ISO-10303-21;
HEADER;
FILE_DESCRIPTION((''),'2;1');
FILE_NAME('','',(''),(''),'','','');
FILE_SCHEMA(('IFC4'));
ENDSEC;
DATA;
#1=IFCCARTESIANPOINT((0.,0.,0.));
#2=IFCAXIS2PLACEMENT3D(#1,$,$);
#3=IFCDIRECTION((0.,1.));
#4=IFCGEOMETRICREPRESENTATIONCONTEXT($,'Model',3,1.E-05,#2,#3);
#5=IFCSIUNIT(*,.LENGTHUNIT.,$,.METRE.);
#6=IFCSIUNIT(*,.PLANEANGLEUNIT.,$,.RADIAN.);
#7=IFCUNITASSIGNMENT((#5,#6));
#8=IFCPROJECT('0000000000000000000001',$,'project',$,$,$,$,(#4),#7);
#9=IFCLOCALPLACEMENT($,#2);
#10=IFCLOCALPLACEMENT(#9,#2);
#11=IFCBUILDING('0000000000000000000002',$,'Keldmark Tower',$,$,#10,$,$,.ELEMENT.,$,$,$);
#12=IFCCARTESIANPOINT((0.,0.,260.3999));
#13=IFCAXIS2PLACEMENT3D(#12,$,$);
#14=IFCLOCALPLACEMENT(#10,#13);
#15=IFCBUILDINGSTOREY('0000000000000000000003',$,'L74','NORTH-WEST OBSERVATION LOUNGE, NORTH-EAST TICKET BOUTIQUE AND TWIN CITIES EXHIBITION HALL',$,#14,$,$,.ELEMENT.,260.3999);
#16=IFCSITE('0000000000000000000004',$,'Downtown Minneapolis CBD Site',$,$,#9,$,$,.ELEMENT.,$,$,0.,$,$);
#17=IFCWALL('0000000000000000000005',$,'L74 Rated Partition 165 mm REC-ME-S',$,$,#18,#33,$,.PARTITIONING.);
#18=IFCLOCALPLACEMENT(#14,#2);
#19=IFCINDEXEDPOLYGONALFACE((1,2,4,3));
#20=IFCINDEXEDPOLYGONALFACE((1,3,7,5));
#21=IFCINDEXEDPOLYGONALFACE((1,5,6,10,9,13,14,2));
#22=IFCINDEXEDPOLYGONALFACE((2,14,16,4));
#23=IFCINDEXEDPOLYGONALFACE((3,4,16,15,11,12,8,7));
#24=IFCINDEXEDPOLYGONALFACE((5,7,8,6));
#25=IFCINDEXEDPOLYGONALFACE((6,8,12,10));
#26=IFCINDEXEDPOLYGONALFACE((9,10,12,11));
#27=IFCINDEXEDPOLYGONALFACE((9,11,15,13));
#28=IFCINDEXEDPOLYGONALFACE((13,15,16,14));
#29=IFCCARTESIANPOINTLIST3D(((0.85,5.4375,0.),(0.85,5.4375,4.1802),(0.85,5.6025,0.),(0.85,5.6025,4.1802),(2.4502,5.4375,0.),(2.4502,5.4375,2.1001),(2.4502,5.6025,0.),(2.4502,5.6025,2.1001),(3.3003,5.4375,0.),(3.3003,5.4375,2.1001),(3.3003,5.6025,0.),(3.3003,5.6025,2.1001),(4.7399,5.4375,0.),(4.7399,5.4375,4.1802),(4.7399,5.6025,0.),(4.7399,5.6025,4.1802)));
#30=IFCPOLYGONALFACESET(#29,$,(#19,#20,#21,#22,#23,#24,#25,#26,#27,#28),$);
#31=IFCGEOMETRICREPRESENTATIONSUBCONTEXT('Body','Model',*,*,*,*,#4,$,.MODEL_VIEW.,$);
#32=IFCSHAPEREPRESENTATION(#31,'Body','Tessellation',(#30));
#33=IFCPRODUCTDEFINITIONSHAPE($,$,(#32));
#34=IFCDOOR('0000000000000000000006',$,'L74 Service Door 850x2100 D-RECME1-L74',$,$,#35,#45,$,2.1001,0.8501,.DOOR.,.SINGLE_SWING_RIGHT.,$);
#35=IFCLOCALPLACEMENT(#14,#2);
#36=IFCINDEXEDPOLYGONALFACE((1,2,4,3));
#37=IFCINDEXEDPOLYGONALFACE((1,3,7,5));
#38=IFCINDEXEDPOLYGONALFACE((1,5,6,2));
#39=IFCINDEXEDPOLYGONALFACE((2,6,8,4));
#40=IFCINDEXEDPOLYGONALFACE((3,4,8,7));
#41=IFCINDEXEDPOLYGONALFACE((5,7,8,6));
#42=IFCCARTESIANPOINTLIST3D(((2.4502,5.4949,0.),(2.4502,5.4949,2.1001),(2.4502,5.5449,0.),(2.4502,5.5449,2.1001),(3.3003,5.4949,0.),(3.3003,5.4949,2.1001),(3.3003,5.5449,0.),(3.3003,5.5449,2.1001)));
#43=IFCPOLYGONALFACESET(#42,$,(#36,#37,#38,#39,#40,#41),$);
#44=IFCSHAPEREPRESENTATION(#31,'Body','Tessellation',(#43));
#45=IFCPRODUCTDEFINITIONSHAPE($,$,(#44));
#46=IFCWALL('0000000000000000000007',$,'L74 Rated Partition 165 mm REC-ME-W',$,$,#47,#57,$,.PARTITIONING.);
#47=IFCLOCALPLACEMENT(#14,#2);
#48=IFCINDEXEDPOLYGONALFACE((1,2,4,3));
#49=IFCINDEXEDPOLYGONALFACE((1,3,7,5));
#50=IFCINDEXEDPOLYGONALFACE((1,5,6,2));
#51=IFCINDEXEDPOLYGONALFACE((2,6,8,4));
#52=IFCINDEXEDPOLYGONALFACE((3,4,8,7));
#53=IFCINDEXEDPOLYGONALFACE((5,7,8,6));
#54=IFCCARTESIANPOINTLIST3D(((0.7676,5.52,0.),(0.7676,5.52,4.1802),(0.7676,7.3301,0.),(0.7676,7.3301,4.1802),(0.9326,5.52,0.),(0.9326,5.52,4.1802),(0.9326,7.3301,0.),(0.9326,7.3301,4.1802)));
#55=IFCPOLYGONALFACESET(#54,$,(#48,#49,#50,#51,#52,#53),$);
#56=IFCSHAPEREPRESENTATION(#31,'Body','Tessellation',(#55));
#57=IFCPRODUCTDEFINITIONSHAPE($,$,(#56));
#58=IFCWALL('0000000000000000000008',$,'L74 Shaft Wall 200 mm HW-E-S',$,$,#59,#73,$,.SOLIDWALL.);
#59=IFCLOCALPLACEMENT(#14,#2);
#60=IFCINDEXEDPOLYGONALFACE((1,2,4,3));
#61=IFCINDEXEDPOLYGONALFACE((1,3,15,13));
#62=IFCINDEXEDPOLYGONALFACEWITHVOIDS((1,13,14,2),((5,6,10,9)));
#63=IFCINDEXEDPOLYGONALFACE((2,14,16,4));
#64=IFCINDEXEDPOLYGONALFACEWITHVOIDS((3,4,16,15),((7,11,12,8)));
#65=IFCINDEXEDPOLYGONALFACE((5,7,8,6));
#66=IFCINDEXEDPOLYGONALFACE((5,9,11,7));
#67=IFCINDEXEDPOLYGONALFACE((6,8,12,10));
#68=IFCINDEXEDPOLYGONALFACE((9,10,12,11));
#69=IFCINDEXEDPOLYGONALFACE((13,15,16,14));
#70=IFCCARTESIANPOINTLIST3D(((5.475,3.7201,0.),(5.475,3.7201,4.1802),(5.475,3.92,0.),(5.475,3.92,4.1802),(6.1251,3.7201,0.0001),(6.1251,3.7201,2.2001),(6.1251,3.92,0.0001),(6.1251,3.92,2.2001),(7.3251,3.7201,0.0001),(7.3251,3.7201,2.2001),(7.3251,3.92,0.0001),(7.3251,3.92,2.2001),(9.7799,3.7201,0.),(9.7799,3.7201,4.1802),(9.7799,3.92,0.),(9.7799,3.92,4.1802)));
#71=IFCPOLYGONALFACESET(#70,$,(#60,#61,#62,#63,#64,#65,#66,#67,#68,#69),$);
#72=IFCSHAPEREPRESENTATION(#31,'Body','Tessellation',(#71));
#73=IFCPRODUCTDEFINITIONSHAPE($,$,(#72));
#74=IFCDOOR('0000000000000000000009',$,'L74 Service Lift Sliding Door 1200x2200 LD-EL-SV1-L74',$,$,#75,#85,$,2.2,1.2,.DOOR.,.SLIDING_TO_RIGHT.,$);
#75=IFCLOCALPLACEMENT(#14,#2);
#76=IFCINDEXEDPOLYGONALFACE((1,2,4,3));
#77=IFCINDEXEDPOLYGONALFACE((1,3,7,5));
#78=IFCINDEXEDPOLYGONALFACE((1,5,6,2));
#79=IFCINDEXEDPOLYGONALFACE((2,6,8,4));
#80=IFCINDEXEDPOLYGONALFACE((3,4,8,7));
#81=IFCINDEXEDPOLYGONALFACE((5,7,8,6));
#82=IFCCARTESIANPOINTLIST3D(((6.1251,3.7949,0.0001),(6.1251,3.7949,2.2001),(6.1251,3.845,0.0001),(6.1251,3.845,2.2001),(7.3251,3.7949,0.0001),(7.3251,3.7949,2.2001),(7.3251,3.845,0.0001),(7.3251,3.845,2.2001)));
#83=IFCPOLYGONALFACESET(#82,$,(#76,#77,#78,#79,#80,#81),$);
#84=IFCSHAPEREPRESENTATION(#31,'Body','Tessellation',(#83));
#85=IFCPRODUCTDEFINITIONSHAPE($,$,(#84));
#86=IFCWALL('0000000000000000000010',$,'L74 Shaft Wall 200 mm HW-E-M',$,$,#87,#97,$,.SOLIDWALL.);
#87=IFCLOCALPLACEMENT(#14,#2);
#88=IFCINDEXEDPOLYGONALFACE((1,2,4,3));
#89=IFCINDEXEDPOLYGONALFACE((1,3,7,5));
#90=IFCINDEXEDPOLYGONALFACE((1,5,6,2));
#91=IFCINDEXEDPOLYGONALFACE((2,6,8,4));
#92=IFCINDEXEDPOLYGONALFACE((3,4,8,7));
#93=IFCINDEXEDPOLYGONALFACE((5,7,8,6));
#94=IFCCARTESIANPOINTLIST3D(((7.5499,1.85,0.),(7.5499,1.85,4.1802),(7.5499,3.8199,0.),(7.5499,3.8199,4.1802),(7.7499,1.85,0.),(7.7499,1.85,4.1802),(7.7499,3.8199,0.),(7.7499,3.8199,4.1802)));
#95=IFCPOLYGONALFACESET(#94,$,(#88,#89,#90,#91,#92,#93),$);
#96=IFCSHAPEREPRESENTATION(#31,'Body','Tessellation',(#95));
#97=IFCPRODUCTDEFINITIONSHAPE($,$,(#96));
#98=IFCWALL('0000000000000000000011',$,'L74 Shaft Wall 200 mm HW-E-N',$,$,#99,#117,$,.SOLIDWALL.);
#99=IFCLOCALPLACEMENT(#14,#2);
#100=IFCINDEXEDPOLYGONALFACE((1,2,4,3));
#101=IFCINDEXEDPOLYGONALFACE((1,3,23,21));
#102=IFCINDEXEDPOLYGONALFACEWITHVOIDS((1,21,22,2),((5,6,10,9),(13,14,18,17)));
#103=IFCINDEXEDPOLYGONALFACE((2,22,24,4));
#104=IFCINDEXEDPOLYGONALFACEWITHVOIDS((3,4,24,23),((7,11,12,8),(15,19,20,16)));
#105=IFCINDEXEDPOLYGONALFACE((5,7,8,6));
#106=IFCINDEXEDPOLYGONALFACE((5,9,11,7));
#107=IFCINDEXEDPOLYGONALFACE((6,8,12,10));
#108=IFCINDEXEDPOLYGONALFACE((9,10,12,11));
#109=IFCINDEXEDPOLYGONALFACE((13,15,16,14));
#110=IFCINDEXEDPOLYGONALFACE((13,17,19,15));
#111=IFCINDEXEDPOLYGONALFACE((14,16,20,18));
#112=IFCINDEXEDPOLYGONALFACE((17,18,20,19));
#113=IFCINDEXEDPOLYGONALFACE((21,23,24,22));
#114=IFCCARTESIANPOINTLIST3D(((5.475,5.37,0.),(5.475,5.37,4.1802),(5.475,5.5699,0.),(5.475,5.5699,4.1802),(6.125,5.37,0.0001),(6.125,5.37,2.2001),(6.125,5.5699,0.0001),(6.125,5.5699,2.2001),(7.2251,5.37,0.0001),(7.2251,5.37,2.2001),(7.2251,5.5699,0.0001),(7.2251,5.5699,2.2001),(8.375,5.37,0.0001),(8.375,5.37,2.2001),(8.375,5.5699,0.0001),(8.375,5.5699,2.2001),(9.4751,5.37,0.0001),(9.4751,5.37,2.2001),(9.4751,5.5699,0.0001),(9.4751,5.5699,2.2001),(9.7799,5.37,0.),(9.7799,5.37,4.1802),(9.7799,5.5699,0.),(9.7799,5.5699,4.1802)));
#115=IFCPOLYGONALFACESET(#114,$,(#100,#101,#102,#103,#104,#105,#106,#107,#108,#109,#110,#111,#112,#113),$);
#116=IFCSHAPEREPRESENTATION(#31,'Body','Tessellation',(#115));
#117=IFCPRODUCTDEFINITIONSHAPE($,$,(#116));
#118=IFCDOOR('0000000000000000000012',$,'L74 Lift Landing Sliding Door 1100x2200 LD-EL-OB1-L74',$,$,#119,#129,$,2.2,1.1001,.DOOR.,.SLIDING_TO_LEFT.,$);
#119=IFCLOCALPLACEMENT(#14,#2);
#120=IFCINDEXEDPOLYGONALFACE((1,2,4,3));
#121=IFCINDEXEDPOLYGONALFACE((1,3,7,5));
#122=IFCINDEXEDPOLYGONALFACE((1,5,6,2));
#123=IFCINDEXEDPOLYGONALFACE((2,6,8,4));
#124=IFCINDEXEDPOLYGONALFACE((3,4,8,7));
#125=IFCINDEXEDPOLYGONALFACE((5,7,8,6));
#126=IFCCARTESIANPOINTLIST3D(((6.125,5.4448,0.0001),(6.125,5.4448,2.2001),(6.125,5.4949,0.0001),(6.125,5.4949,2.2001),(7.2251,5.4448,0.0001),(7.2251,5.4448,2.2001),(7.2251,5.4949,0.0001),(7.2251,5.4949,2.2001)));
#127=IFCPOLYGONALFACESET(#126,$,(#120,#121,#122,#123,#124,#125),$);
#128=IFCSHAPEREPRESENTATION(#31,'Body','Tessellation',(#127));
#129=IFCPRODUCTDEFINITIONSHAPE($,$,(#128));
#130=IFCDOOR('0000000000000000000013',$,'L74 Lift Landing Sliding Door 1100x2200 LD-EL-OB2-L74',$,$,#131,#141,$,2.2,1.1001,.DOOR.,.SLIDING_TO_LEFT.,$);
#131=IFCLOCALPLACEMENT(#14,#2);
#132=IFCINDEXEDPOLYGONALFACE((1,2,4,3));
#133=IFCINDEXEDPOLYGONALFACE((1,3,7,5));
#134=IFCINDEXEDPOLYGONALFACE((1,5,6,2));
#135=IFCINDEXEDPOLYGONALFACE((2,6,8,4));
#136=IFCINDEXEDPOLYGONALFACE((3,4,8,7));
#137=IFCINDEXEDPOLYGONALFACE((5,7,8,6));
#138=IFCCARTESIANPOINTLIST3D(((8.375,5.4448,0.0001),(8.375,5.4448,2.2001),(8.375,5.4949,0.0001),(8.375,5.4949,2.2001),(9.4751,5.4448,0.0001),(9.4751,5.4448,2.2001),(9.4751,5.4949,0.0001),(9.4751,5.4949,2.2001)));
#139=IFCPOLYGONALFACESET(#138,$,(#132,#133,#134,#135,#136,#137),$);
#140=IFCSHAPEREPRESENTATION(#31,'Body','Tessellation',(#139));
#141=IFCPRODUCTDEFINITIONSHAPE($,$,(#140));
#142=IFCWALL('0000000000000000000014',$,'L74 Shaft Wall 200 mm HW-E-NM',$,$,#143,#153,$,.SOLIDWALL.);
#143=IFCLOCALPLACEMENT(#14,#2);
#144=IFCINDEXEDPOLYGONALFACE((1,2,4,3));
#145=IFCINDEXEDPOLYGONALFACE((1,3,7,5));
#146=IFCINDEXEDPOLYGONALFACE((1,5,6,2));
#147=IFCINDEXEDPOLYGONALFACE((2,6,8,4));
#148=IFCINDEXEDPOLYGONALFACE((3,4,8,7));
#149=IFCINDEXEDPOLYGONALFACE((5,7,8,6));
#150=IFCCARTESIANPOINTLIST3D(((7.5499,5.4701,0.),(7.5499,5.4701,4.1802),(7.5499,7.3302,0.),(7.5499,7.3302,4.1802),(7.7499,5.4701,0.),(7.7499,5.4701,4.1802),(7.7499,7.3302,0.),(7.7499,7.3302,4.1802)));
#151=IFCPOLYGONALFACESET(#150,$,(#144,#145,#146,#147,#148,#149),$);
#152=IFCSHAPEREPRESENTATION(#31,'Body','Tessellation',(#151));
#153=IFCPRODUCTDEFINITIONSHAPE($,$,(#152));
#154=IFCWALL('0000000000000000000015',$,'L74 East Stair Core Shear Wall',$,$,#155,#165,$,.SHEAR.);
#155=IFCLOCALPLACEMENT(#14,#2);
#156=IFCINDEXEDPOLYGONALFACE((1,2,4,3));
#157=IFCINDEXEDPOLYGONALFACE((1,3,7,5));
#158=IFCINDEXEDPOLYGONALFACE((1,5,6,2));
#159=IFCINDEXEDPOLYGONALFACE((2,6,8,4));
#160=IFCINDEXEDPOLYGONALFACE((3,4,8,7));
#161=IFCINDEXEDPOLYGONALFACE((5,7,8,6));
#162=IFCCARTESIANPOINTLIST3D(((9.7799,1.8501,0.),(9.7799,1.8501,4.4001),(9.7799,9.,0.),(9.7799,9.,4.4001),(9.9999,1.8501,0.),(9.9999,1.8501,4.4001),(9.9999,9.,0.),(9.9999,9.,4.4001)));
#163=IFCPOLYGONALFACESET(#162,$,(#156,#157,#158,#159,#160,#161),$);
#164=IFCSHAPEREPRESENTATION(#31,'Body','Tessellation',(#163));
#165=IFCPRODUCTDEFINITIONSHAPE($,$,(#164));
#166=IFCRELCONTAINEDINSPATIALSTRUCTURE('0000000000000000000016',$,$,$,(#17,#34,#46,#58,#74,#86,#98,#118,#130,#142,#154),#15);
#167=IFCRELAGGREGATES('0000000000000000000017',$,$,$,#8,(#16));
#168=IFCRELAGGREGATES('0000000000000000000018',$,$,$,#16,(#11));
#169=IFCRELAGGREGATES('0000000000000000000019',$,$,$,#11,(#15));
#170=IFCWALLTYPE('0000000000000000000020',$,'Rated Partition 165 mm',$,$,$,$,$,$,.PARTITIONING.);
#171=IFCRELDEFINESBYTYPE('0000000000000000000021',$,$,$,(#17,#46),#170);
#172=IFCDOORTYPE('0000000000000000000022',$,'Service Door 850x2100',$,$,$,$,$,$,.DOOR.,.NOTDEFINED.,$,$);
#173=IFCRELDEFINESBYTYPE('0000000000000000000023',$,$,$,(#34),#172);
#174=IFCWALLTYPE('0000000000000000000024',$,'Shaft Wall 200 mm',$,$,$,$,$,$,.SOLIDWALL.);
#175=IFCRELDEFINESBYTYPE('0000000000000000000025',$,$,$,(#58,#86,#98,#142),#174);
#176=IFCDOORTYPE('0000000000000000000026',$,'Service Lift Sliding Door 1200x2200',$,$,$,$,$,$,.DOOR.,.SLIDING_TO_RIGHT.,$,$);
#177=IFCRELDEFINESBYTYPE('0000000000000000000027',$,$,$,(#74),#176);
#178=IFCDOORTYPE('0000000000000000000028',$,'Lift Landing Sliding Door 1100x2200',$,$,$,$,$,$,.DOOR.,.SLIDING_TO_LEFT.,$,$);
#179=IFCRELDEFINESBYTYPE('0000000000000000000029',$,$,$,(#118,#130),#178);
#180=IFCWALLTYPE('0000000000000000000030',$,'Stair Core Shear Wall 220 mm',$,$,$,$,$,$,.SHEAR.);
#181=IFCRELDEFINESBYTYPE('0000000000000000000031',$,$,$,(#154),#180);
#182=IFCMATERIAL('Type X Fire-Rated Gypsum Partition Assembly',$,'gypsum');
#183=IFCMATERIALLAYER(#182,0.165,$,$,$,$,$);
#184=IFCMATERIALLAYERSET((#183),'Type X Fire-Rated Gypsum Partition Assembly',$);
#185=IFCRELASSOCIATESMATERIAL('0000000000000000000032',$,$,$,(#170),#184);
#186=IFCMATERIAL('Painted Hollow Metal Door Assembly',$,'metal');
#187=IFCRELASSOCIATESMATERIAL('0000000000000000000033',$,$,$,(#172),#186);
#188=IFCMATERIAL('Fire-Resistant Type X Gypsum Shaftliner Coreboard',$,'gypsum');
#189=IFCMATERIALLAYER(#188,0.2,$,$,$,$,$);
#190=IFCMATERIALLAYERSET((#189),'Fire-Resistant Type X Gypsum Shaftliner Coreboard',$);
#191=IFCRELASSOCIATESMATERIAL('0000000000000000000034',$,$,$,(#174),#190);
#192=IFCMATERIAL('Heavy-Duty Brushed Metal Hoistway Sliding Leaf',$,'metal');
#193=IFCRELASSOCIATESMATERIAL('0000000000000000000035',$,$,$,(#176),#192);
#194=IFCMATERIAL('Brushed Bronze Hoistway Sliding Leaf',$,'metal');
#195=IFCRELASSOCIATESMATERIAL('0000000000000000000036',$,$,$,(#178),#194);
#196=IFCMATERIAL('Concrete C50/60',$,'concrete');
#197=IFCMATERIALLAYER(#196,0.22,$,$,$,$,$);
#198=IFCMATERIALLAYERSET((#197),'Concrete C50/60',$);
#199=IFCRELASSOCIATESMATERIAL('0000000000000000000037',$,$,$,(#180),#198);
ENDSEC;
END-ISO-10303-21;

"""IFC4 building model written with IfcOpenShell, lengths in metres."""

from ifc_helpers import new_model, si_unit, direction, frame, frame_2d, origin, place, context, subcontext, project, spatial, rectangle, extrude, material, layer, layer_set, type_object, element, fill, save


model = new_model("IFC4")

# Units and contexts
model_context = context("Model", 3, precision=1e-05, world=origin(), true_north=direction((0.0, 1.0)))
body_context = subcontext(model_context, "Body", "Model", "MODEL_VIEW")
ifc_project = project(units=[si_unit("LENGTHUNIT", "METRE"), si_unit("PLANEANGLEUNIT", "RADIAN")], contexts=[model_context])

# Site, building, storey
site_placement = place(None, origin())
site = spatial("IfcSite", under=ifc_project, at=site_placement, Name="Downtown Minneapolis CBD Site", CompositionType="ELEMENT", RefElevation=0.0)
building_placement = place(site_placement, origin())
building = spatial("IfcBuilding", under=site, at=building_placement, Name="Keldmark Tower", CompositionType="ELEMENT")
storey_placement = place(building_placement, frame((0.0, 0.0, 260.3999)))
storey = spatial("IfcBuildingStorey", under=building, at=storey_placement, Name="L74", Description="NORTH-WEST OBSERVATION LOUNGE, NORTH-EAST TICKET BOUTIQUE AND TWIN CITIES EXHIBITION HALL", CompositionType="ELEMENT", Elevation=260.3999)

# Shared definitions
ifc_material_1 = material(Name="Type X Fire-Rated Gypsum Partition Assembly", Category="gypsum")
ifc_layer_1 = layer(ifc_material_1, 0.165)
ifc_layer_set_1 = layer_set([ifc_layer_1], Name="Type X Fire-Rated Gypsum Partition Assembly")
wall_type_1 = type_object("IfcWallType", Name="Rated Partition 165 mm", PredefinedType="PARTITIONING", material=ifc_layer_set_1)

# Shared definitions
ifc_material_2 = material(Name="Painted Hollow Metal Door Assembly", Category="metal")
door_type_1 = type_object("IfcDoorType", Name="Service Door 850x2100", OperationType="NOTDEFINED", PredefinedType="DOOR", material=ifc_material_2)

# Wall, opening, door
wall_1_placement = place(storey_placement, frame((0.8501, 5.52, 0.0), z_axis=(0.0, 0.0, 1.0), x_axis=(1.0, 0.0, 0.0)))
wall_1 = element("IfcWall", 1, at=wall_1_placement, inside=storey, type_object=wall_type_1, Name="L74 Rated Partition 165 mm REC-ME-S", PredefinedType="PARTITIONING", context=body_context, shape_type="SweptSolid", body=[
    extrude(rectangle(XDim=3.8899, YDim=0.165, at=frame_2d((1.9448, 0.0))), origin(), (0.0, 0.0, 1.0), 4.1802),
])
opening_1_placement = place(wall_1_placement, frame((1.6001, 0.0, 0.0)))
opening_1 = element("IfcOpeningElement", 2, at=opening_1_placement, cuts=wall_1, PredefinedType="OPENING", context=body_context, shape_type="SweptSolid", body=[
    extrude(rectangle(XDim=0.8501, YDim=2.1001, at=frame_2d((0.425, 1.05))), frame((0.0, 0.0925, 0.0), z_axis=(0.0, -1.0, 0.0), x_axis=(1.0, 0.0, 0.0)), (0.0, 0.0, 1.0), 0.1851),
])
door_1_placement = place(opening_1_placement, origin())
door_1 = element("IfcDoor", 3, at=door_1_placement, inside=storey, type_object=door_type_1, Name="L74 Service Door 850x2100 D-RECME1-L74", OperationType="SINGLE_SWING_RIGHT", OverallHeight=2.1001, OverallWidth=0.8501, PredefinedType="DOOR", context=body_context, shape_type="SweptSolid", body=[
    extrude(rectangle(XDim=0.8501, YDim=2.1001, at=frame_2d((0.425, 1.05))), frame((0.0, 0.0249, 0.0), z_axis=(0.0, -1.0, 0.0), x_axis=(1.0, 0.0, 0.0)), (0.0, 0.0, 1.0), 0.05),
])
fill(opening_1, door_1)

# Wall
wall_2_placement = place(storey_placement, frame((0.8501, 5.52, 0.0), z_axis=(0.0, 0.0, 1.0), x_axis=(0.0, 1.0, 0.0)))
element("IfcWall", 4, at=wall_2_placement, inside=storey, type_object=wall_type_1, Name="L74 Rated Partition 165 mm REC-ME-W", PredefinedType="PARTITIONING", context=body_context, shape_type="SweptSolid", body=[
    extrude(rectangle(XDim=1.8101, YDim=0.165, at=frame_2d((0.905, 0.0))), origin(), (0.0, 0.0, 1.0), 4.1802),
])

# Wall, opening, door
ifc_material_3 = material(Name="Fire-Resistant Type X Gypsum Shaftliner Coreboard", Category="gypsum")
ifc_layer_2 = layer(ifc_material_3, 0.2)
ifc_layer_set_2 = layer_set([ifc_layer_2], Name="Fire-Resistant Type X Gypsum Shaftliner Coreboard")
wall_type_2 = type_object("IfcWallType", Name="Shaft Wall 200 mm", PredefinedType="SOLIDWALL", material=ifc_layer_set_2)
wall_3_placement = place(storey_placement, frame((5.4751, 3.8201, 0.0), z_axis=(0.0, 0.0, 1.0), x_axis=(1.0, 0.0, 0.0)))
wall_3 = element("IfcWall", 5, at=wall_3_placement, inside=storey, type_object=wall_type_2, Name="L74 Shaft Wall 200 mm HW-E-S", PredefinedType="SOLIDWALL", context=body_context, shape_type="SweptSolid", body=[
    extrude(rectangle(XDim=4.3049, YDim=0.2, at=frame_2d((2.1523, 0.0))), origin(), (0.0, 0.0, 1.0), 4.1802),
])
opening_2_placement = place(wall_3_placement, frame((0.6499, 0.0, 0.0)))
opening_2 = element("IfcOpeningElement", 6, at=opening_2_placement, cuts=wall_3, PredefinedType="OPENING", context=body_context, shape_type="SweptSolid", body=[
    extrude(rectangle(XDim=1.2, YDim=2.2, at=frame_2d((0.6001, 1.1001))), frame((0.0, 0.1099, 0.0), z_axis=(0.0, -1.0, 0.0), x_axis=(1.0, 0.0, 0.0)), (0.0, 0.0, 1.0), 0.22),
])
ifc_material_4 = material(Name="Heavy-Duty Brushed Metal Hoistway Sliding Leaf", Category="metal")
door_type_2 = type_object("IfcDoorType", Name="Service Lift Sliding Door 1200x2200", OperationType="SLIDING_TO_RIGHT", PredefinedType="DOOR", material=ifc_material_4)
door_2_placement = place(opening_2_placement, origin())
door_2 = element("IfcDoor", 7, at=door_2_placement, inside=storey, type_object=door_type_2, Name="L74 Service Lift Sliding Door 1200x2200 LD-EL-SV1-L74", OperationType="SLIDING_TO_RIGHT", OverallHeight=2.2, OverallWidth=1.2, PredefinedType="DOOR", context=body_context, shape_type="SweptSolid", body=[
    extrude(rectangle(XDim=1.2, YDim=2.2, at=frame_2d((0.6001, 1.1001))), frame((0.0, 0.0249, 0.0), z_axis=(0.0, -1.0, 0.0), x_axis=(1.0, 0.0, 0.0)), (0.0, 0.0, 1.0), 0.05),
])
fill(opening_2, door_2)

# Wall
wall_4_placement = place(storey_placement, frame((7.6499, 1.8501, 0.0), z_axis=(0.0, 0.0, 1.0), x_axis=(0.0, 1.0, 0.0)))
element("IfcWall", 8, at=wall_4_placement, inside=storey, type_object=wall_type_2, Name="L74 Shaft Wall 200 mm HW-E-M", PredefinedType="SOLIDWALL", context=body_context, shape_type="SweptSolid", body=[
    extrude(rectangle(XDim=1.97, YDim=0.2, at=frame_2d((0.9849, 0.0))), origin(), (0.0, 0.0, 1.0), 4.1802),
])

# Wall, openings, doors
wall_5_placement = place(storey_placement, frame((5.4751, 5.47, 0.0), z_axis=(0.0, 0.0, 1.0), x_axis=(1.0, 0.0, 0.0)))
wall_5 = element("IfcWall", 9, at=wall_5_placement, inside=storey, type_object=wall_type_2, Name="L74 Shaft Wall 200 mm HW-E-N", PredefinedType="SOLIDWALL", context=body_context, shape_type="SweptSolid", body=[
    extrude(rectangle(XDim=4.3049, YDim=0.2, at=frame_2d((2.1523, 0.0))), origin(), (0.0, 0.0, 1.0), 4.1802),
])
opening_3_placement = place(wall_5_placement, frame((0.6499, 0.0, 0.0)))
opening_3 = element("IfcOpeningElement", 10, at=opening_3_placement, cuts=wall_5, PredefinedType="OPENING", context=body_context, shape_type="SweptSolid", body=[
    extrude(rectangle(XDim=1.1001, YDim=2.2, at=frame_2d((0.55, 1.1001))), frame((0.0, 0.1099, 0.0), z_axis=(0.0, -1.0, 0.0), x_axis=(1.0, 0.0, 0.0)), (0.0, 0.0, 1.0), 0.22),
])
opening_4_placement = place(wall_5_placement, frame((2.8999, 0.0, 0.0)))
opening_4 = element("IfcOpeningElement", 11, at=opening_4_placement, cuts=wall_5, PredefinedType="OPENING", context=body_context, shape_type="SweptSolid", body=[
    extrude(rectangle(XDim=1.1001, YDim=2.2, at=frame_2d((0.55, 1.1001))), frame((0.0, 0.1099, 0.0), z_axis=(0.0, -1.0, 0.0), x_axis=(1.0, 0.0, 0.0)), (0.0, 0.0, 1.0), 0.22),
])
ifc_material_5 = material(Name="Brushed Bronze Hoistway Sliding Leaf", Category="metal")
door_type_3 = type_object("IfcDoorType", Name="Lift Landing Sliding Door 1100x2200", OperationType="SLIDING_TO_LEFT", PredefinedType="DOOR", material=ifc_material_5)
door_3_placement = place(opening_3_placement, origin())
door_3 = element("IfcDoor", 12, at=door_3_placement, inside=storey, type_object=door_type_3, Name="L74 Lift Landing Sliding Door 1100x2200 LD-EL-OB1-L74", OperationType="SLIDING_TO_LEFT", OverallHeight=2.2, OverallWidth=1.1001, PredefinedType="DOOR", context=body_context, shape_type="SweptSolid", body=[
    extrude(rectangle(XDim=1.1001, YDim=2.2, at=frame_2d((0.55, 1.1001))), frame((0.0, 0.0249, 0.0), z_axis=(0.0, -1.0, 0.0), x_axis=(1.0, 0.0, 0.0)), (0.0, 0.0, 1.0), 0.05),
])
fill(opening_3, door_3)
door_4_placement = place(opening_4_placement, origin())
door_4 = element("IfcDoor", 13, at=door_4_placement, inside=storey, type_object=door_type_3, Name="L74 Lift Landing Sliding Door 1100x2200 LD-EL-OB2-L74", OperationType="SLIDING_TO_LEFT", OverallHeight=2.2, OverallWidth=1.1001, PredefinedType="DOOR", context=body_context, shape_type="SweptSolid", body=[
    extrude(rectangle(XDim=1.1001, YDim=2.2, at=frame_2d((0.55, 1.1001))), frame((0.0, 0.0249, 0.0), z_axis=(0.0, -1.0, 0.0), x_axis=(1.0, 0.0, 0.0)), (0.0, 0.0, 1.0), 0.05),
])
fill(opening_4, door_4)

# Walls
wall_6_placement = place(storey_placement, frame((7.6499, 5.47, 0.0), z_axis=(0.0, 0.0, 1.0), x_axis=(0.0, 1.0, 0.0)))
element("IfcWall", 14, at=wall_6_placement, inside=storey, type_object=wall_type_2, Name="L74 Shaft Wall 200 mm HW-E-NM", PredefinedType="SOLIDWALL", context=body_context, shape_type="SweptSolid", body=[
    extrude(rectangle(XDim=1.8601, YDim=0.2, at=frame_2d((0.9302, 0.0))), origin(), (0.0, 0.0, 1.0), 4.1802),
])
ifc_material_6 = material(Name="Concrete C50/60", Category="concrete")
ifc_layer_3 = layer(ifc_material_6, 0.22)
ifc_layer_set_3 = layer_set([ifc_layer_3], Name="Concrete C50/60")
wall_type_3 = type_object("IfcWallType", Name="Stair Core Shear Wall 220 mm", PredefinedType="SHEAR", material=ifc_layer_set_3)
wall_7_placement = place(storey_placement, frame((9.8899, 1.8501, 0.0), z_axis=(0.0, 0.0, 1.0), x_axis=(0.0, 1.0, 0.0)))
element("IfcWall", 15, at=wall_7_placement, inside=storey, type_object=wall_type_3, Name="L74 East Stair Core Shear Wall", PredefinedType="SHEAR", context=body_context, shape_type="SweptSolid", body=[
    extrude(rectangle(XDim=7.1499, YDim=0.22, at=frame_2d((3.575, 0.0))), origin(), (0.0, 0.0, 1.0), 4.4001),
])

save(model, "model.ifc")
